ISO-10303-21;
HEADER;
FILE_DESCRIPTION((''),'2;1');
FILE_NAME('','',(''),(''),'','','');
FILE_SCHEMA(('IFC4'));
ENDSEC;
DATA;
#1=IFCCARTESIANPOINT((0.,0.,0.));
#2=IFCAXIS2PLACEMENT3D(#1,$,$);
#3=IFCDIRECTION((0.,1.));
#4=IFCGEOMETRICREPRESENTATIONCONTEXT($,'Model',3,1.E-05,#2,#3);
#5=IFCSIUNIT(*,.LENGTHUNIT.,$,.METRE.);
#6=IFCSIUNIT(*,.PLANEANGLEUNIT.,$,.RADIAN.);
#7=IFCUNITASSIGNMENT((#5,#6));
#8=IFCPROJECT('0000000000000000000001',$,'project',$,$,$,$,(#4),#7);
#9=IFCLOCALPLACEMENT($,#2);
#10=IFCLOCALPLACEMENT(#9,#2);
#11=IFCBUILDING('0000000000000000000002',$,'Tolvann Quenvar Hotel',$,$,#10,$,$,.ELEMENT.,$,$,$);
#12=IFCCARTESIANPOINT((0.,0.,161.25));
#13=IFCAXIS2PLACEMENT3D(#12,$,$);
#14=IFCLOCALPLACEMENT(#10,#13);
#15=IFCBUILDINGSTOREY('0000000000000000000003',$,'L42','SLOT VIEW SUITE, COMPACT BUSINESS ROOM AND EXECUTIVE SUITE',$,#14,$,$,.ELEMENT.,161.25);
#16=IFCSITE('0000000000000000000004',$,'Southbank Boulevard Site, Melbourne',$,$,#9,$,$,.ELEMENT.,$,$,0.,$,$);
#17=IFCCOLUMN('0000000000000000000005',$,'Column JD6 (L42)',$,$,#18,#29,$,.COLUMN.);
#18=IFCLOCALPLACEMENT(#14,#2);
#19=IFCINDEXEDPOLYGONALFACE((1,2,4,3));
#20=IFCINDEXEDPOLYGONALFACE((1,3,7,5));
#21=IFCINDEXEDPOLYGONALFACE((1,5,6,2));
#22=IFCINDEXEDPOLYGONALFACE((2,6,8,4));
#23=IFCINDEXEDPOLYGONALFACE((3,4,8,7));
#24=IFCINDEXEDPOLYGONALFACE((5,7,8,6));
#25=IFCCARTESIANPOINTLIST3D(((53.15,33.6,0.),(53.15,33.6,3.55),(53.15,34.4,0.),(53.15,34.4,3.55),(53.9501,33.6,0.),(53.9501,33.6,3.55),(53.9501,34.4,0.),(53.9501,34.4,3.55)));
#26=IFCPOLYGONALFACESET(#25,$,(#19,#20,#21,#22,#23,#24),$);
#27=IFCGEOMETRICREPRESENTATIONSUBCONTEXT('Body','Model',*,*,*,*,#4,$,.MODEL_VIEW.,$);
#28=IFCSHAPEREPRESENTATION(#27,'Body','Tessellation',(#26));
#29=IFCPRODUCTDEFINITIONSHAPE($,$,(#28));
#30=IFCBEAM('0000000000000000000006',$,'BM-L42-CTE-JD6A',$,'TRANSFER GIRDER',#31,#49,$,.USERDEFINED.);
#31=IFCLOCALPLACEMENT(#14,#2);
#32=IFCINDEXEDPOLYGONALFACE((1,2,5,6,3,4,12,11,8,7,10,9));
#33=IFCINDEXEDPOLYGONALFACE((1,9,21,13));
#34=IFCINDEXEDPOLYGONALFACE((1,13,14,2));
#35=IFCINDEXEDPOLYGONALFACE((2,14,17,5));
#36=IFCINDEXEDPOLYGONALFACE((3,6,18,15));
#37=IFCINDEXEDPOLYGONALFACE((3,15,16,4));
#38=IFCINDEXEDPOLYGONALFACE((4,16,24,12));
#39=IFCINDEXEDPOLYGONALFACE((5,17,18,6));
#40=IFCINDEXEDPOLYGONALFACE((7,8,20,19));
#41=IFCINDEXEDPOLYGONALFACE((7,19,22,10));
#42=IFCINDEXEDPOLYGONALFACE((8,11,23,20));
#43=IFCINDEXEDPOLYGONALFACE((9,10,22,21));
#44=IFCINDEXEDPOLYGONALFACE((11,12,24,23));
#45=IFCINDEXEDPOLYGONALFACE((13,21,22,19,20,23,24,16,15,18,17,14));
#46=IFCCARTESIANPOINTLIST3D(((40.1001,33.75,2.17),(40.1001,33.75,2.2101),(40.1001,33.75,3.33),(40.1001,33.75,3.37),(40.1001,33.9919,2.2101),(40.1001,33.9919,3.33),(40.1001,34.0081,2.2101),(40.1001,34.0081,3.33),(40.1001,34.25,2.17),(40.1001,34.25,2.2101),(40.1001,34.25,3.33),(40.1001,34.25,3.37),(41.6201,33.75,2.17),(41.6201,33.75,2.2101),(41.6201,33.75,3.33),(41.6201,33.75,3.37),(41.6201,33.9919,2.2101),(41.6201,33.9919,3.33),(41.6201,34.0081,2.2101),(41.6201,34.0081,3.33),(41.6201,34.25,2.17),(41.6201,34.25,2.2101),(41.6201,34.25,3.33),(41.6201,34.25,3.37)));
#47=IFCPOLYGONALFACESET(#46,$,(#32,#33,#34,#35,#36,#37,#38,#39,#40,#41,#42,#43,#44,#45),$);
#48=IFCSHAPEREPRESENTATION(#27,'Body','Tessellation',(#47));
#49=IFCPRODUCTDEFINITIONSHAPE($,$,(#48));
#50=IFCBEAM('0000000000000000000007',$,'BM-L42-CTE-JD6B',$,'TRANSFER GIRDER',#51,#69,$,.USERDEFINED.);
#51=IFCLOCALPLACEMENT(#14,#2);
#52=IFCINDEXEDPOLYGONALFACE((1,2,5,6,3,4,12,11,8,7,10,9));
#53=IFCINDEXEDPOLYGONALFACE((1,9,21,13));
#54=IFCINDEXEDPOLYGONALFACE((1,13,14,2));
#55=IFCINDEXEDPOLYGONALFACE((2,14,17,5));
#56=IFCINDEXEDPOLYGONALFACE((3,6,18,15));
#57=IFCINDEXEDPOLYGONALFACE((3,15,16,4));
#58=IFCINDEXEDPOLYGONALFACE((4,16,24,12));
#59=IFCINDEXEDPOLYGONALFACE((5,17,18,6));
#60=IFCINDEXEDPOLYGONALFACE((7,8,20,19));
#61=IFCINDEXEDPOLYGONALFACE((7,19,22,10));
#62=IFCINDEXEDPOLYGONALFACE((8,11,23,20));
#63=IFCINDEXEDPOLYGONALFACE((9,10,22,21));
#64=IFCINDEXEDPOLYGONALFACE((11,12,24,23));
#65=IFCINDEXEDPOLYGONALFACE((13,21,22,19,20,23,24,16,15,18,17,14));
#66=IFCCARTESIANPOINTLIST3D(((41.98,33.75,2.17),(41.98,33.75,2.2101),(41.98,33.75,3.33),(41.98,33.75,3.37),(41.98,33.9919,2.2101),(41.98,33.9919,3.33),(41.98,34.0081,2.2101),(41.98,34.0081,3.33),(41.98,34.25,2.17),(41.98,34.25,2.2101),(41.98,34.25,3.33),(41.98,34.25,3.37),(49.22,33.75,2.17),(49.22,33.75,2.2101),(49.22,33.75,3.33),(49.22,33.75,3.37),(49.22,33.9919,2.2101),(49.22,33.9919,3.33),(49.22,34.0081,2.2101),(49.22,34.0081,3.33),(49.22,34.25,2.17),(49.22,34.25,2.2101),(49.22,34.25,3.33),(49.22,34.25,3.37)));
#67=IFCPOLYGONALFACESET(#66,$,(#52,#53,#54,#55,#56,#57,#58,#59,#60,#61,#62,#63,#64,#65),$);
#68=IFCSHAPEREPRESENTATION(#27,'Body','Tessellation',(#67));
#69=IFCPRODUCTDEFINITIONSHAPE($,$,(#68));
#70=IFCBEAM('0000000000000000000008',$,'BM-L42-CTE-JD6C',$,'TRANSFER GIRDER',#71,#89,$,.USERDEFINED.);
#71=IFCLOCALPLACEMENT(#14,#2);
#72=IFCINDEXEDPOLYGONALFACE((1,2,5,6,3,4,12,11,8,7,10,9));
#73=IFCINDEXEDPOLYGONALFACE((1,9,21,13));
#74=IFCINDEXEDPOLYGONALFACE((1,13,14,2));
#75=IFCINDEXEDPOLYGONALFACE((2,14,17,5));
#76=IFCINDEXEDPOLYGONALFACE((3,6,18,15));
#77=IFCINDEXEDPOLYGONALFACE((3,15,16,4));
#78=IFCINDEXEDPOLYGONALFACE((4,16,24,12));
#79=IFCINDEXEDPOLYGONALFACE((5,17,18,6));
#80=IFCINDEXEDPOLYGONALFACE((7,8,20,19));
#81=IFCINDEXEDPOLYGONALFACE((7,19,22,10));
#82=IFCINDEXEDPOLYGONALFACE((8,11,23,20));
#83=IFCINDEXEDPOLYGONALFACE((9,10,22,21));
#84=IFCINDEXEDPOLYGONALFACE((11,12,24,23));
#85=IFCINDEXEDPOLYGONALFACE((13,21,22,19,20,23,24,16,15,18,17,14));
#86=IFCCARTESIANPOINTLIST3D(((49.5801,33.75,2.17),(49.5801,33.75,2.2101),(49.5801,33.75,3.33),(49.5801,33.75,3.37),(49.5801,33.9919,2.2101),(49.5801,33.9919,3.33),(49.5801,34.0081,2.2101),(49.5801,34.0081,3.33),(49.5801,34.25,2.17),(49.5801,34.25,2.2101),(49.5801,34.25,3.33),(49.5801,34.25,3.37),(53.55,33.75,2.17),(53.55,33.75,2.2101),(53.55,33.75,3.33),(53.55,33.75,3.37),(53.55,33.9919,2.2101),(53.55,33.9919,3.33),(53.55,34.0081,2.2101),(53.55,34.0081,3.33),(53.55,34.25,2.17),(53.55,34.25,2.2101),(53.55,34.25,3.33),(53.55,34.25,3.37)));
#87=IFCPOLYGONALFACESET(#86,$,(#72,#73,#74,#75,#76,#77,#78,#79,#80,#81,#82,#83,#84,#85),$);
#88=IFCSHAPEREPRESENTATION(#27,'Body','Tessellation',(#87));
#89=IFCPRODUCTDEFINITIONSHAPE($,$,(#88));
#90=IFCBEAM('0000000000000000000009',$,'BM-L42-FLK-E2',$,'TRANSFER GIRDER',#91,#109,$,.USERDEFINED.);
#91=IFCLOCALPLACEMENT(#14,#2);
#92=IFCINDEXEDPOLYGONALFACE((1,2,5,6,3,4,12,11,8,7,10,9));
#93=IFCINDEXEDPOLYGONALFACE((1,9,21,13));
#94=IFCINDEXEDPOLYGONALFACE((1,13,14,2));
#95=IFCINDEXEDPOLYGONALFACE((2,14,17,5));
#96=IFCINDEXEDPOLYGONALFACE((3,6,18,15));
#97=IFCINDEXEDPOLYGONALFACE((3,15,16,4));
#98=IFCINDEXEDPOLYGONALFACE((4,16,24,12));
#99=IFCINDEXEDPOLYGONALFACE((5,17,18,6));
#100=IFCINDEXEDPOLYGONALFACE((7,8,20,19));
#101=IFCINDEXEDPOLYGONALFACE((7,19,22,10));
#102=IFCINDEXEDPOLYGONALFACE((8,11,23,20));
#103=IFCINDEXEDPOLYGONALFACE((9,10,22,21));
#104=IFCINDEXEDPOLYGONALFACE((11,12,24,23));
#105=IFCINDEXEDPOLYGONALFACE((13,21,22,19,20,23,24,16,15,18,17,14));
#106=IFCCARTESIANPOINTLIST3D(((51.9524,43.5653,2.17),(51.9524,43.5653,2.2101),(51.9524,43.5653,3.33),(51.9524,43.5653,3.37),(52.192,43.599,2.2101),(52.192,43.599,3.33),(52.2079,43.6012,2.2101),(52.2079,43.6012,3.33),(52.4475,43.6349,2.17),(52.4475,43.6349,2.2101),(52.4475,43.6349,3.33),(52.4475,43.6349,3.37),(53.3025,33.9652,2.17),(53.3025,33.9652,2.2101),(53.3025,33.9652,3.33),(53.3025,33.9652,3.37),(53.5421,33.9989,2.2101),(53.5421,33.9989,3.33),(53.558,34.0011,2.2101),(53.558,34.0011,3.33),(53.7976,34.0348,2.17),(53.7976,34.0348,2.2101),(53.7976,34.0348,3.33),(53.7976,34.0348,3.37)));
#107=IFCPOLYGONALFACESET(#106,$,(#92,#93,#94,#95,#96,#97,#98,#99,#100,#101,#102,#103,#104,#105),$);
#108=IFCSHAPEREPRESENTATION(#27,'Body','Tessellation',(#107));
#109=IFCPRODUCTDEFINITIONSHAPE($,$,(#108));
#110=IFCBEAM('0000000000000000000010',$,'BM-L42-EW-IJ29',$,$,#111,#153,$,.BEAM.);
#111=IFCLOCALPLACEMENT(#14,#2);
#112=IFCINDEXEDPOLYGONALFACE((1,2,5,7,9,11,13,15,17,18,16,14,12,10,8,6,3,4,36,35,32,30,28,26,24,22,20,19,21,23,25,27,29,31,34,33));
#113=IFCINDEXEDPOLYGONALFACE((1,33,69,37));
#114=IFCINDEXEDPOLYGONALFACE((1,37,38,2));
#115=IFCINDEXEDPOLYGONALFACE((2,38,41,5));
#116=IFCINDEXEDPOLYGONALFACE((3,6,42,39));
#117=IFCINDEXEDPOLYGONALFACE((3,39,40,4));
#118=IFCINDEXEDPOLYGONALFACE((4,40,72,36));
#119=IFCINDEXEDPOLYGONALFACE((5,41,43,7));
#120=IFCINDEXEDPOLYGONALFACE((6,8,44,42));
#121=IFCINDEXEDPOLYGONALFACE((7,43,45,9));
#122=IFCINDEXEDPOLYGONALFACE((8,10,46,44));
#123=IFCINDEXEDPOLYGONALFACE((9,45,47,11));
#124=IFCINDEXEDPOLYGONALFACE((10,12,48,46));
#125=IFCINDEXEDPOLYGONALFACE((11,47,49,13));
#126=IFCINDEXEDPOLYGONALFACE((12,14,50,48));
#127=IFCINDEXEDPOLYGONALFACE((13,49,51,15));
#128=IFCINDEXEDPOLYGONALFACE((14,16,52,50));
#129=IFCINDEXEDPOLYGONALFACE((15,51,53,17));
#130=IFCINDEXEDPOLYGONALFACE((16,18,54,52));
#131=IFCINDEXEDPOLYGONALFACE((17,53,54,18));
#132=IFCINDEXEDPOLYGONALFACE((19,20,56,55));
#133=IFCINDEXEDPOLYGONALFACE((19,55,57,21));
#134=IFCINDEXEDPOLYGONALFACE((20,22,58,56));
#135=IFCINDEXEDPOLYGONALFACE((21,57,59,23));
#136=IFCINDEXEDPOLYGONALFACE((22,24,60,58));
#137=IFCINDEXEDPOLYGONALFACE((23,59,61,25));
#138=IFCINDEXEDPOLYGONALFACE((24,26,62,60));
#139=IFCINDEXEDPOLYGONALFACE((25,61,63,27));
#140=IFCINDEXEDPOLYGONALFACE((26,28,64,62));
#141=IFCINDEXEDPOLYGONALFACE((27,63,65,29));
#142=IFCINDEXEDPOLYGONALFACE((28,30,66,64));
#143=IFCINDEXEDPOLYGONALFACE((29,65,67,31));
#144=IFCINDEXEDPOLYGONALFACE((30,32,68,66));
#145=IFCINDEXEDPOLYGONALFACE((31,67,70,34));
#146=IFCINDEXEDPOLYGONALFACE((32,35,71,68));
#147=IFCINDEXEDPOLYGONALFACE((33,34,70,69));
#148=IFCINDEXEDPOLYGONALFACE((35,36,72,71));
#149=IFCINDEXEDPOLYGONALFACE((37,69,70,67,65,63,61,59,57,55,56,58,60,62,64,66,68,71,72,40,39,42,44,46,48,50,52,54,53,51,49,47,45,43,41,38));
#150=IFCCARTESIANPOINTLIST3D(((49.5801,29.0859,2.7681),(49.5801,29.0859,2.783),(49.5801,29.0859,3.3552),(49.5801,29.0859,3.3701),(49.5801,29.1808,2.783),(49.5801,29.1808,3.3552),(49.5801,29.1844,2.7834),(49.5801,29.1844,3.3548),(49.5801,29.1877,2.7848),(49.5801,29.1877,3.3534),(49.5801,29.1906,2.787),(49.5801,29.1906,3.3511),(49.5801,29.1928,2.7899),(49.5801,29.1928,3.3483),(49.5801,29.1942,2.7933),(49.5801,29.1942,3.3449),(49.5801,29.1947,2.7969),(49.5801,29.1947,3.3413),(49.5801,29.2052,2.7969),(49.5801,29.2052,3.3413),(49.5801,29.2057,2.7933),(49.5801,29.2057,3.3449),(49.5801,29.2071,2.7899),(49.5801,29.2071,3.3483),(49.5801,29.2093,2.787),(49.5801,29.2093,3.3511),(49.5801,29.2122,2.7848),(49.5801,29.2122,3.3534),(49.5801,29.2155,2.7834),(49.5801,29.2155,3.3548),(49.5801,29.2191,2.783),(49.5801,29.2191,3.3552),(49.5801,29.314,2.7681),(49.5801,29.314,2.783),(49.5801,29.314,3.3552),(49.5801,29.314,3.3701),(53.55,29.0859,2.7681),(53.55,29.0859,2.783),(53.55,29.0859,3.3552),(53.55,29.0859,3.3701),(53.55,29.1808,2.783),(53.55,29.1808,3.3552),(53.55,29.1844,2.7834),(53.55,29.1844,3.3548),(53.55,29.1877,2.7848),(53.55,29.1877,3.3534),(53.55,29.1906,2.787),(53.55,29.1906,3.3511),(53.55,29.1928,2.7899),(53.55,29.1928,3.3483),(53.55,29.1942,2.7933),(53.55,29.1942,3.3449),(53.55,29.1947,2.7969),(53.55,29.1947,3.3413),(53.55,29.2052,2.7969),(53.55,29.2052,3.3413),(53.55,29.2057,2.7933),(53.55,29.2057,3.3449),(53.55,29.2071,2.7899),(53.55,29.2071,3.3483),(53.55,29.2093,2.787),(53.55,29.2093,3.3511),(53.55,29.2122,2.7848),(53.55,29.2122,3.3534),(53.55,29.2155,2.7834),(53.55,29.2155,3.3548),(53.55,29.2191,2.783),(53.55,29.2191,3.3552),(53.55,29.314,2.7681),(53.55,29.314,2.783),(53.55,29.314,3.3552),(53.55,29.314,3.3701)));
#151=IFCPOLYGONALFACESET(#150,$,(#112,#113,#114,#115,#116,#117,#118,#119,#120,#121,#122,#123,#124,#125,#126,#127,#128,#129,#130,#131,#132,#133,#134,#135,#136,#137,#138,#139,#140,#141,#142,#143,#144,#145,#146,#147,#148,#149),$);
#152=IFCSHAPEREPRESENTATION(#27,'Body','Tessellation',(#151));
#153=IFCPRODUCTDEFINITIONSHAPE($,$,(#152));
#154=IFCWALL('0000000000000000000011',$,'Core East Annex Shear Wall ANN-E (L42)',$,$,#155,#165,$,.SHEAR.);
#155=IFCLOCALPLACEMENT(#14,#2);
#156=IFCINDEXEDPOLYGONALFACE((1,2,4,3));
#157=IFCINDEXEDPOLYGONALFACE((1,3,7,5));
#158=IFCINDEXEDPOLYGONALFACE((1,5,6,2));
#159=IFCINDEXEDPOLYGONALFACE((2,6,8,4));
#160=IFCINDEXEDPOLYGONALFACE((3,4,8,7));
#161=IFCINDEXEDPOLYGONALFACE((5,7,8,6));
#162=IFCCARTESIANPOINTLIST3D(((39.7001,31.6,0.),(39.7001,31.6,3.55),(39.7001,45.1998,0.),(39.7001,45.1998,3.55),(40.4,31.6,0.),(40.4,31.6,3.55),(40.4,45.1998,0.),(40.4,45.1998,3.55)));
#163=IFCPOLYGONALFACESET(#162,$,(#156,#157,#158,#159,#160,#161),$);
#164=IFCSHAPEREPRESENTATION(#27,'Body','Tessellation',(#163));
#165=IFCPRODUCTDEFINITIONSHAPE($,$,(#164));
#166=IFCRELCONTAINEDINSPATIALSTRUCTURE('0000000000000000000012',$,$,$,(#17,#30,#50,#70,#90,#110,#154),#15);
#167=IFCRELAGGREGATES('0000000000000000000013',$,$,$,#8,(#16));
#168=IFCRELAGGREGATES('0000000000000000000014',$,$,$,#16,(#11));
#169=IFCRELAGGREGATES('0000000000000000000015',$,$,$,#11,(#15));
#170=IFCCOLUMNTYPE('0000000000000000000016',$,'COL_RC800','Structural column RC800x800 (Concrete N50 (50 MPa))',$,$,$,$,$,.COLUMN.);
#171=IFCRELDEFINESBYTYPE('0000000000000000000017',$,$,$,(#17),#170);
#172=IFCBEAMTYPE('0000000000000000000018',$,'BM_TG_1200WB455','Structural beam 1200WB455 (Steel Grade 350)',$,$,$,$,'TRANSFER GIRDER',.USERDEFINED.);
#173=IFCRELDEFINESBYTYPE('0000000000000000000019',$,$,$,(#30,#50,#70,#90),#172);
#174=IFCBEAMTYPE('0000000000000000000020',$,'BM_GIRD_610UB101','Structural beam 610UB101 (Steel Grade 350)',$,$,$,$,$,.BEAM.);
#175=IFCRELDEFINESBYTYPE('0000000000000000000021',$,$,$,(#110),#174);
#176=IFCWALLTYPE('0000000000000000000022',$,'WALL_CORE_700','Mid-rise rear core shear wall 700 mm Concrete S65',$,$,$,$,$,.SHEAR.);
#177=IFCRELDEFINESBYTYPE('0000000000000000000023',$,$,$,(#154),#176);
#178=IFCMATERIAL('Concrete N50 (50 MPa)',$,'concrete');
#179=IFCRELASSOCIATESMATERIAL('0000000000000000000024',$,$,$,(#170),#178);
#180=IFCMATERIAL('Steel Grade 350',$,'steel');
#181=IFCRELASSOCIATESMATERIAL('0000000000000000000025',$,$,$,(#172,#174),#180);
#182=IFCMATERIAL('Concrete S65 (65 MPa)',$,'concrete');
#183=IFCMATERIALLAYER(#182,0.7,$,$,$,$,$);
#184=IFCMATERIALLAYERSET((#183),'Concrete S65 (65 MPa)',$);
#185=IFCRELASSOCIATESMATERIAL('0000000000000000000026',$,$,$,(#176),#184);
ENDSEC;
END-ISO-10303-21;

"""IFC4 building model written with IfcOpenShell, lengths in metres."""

from ifc_helpers import new_model, si_unit, direction, frame, frame_2d, origin, origin_2d, place, context, subcontext, project, spatial, rectangle, i_section, extrude, source, transform, mapped, material, layer, layer_set, material_profile, profile_set, type_object, type_shapes, element, save


model = new_model("IFC4")

# Units and contexts
model_context = context("Model", 3, precision=1e-05, world=origin(), true_north=direction((0.0, 1.0)))
body_context = subcontext(model_context, "Body", "Model", "MODEL_VIEW")
ifc_project = project(units=[si_unit("LENGTHUNIT", "METRE"), si_unit("PLANEANGLEUNIT", "RADIAN")], contexts=[model_context])

# Site, building, storey
site_placement = place(None, origin())
site = spatial("IfcSite", under=ifc_project, at=site_placement, Name="Southbank Boulevard Site, Melbourne", CompositionType="ELEMENT", RefElevation=0.0)
building_placement = place(site_placement, origin())
building = spatial("IfcBuilding", under=site, at=building_placement, Name="Tolvann Quenvar Hotel", CompositionType="ELEMENT")
storey_placement = place(building_placement, frame((0.0, 0.0, 161.25)))
storey = spatial("IfcBuildingStorey", under=building, at=storey_placement, Name="L42", Description="SLOT VIEW SUITE, COMPACT BUSINESS ROOM AND EXECUTIVE SUITE", CompositionType="ELEMENT", Elevation=161.25)

# Column
ifc_material_1 = material(Name="Concrete N50 (50 MPa)", Category="concrete")
ifc_material_profile_1 = material_profile(ifc_material_1, rectangle(XDim=0.8, YDim=0.8, at=origin_2d()), Name="RC800x800")
ifc_profile_set_1 = profile_set([ifc_material_profile_1], Name="Concrete N50 (50 MPa)")
column_type = type_object("IfcColumnType", Name="COL_RC800", Description="Structural column RC800x800 (Concrete N50 (50 MPa))", PredefinedType="COLUMN", material=ifc_profile_set_1)
shared_shape_1 = source(origin(), body_context, "Body", "SweptSolid", [
    extrude(rectangle(XDim=0.8, YDim=0.8, at=origin_2d()), origin(), (0.0, 0.0, 1.0), 3.55),
])
type_shapes(column_type, [shared_shape_1])
column_placement = place(storey_placement, frame((53.55, 34.0, 0.0), z_axis=(0.0, 0.0, 1.0), x_axis=(1.0, 0.0, 0.0)))
element("IfcColumn", 1, at=column_placement, inside=storey, type_object=column_type, Name="Column JD6 (L42)", PredefinedType="COLUMN", context=body_context, shape_type="MappedRepresentation", body=[
    mapped(shared_shape_1, transform((0.0, 0.0, 0.0), x_axis=(1.0, 0.0, 0.0), y_axis=(0.0, 1.0, 0.0), z_axis=(0.0, 0.0, 1.0), scale=1.0)),
])

# Beams
ifc_material_2 = material(Name="Steel Grade 350", Category="steel")
ifc_material_profile_2 = material_profile(ifc_material_2, i_section(OverallWidth=0.5, OverallDepth=1.2, WebThickness=0.0161, FlangeThickness=0.04, at=origin_2d()), Name="1200WB455")
ifc_profile_set_2 = profile_set([ifc_material_profile_2], Name="Steel Grade 350")
beam_type_1 = type_object("IfcBeamType", Name="BM_TG_1200WB455", Description="Structural beam 1200WB455 (Steel Grade 350)", ElementType="TRANSFER GIRDER", PredefinedType="USERDEFINED", material=ifc_profile_set_2)
shared_shape_2 = source(origin(), body_context, "Body", "SweptSolid", [
    extrude(i_section(OverallWidth=0.5, OverallDepth=1.2, WebThickness=0.0161, FlangeThickness=0.04, at=origin_2d()), origin(), (0.0, 0.0, 1.0), 1.52),
])
beam_1_placement = place(storey_placement, frame((40.1001, 34.0, 2.77), z_axis=(1.0, 0.0, 0.0), x_axis=(0.0, 1.0, 0.0)))
element("IfcBeam", 2, at=beam_1_placement, inside=storey, type_object=beam_type_1, Name="BM-L42-CTE-JD6A", ObjectType="TRANSFER GIRDER", PredefinedType="USERDEFINED", context=body_context, shape_type="MappedRepresentation", body=[
    mapped(shared_shape_2, transform((0.0, 0.0, 0.0), x_axis=(1.0, 0.0, 0.0), y_axis=(0.0, 1.0, 0.0), z_axis=(0.0, 0.0, 1.0), scale=1.0)),
])
shared_shape_3 = source(origin(), body_context, "Body", "SweptSolid", [
    extrude(i_section(OverallWidth=0.5, OverallDepth=1.2, WebThickness=0.0161, FlangeThickness=0.04, at=origin_2d()), origin(), (0.0, 0.0, 1.0), 7.24),
])
beam_2_placement = place(storey_placement, frame((41.98, 34.0, 2.77), z_axis=(1.0, 0.0, 0.0), x_axis=(0.0, 1.0, 0.0)))
element("IfcBeam", 3, at=beam_2_placement, inside=storey, type_object=beam_type_1, Name="BM-L42-CTE-JD6B", ObjectType="TRANSFER GIRDER", PredefinedType="USERDEFINED", context=body_context, shape_type="MappedRepresentation", body=[
    mapped(shared_shape_3, transform((0.0, 0.0, 0.0), x_axis=(1.0, 0.0, 0.0), y_axis=(0.0, 1.0, 0.0), z_axis=(0.0, 0.0, 1.0), scale=1.0)),
])
shared_shape_4 = source(origin(), body_context, "Body", "SweptSolid", [
    extrude(i_section(OverallWidth=0.5, OverallDepth=1.2, WebThickness=0.0161, FlangeThickness=0.04, at=origin_2d()), origin(), (0.0, 0.0, 1.0), 3.97),
])
beam_3_placement = place(storey_placement, frame((49.5801, 34.0, 2.77), z_axis=(1.0, 0.0, 0.0), x_axis=(0.0, 1.0, 0.0)))
element("IfcBeam", 4, at=beam_3_placement, inside=storey, type_object=beam_type_1, Name="BM-L42-CTE-JD6C", ObjectType="TRANSFER GIRDER", PredefinedType="USERDEFINED", context=body_context, shape_type="MappedRepresentation", body=[
    mapped(shared_shape_4, transform((0.0, 0.0, 0.0), x_axis=(1.0, 0.0, 0.0), y_axis=(0.0, 1.0, 0.0), z_axis=(0.0, 0.0, 1.0), scale=1.0)),
])
shared_shape_5 = source(origin(), body_context, "Body", "SweptSolid", [
    extrude(i_section(OverallWidth=0.5, OverallDepth=1.2, WebThickness=0.0161, FlangeThickness=0.04, at=origin_2d()), origin(), (0.0, 0.0, 1.0), 9.6946),
])
type_shapes(beam_type_1, [shared_shape_2, shared_shape_3, shared_shape_4, shared_shape_5])
beam_4_placement = place(storey_placement, frame((53.55, 34.0, 2.77), z_axis=(-0.139263, 0.990255, 0.0), x_axis=(-0.990255, -0.139263, 0.0)))
element("IfcBeam", 5, at=beam_4_placement, inside=storey, type_object=beam_type_1, Name="BM-L42-FLK-E2", ObjectType="TRANSFER GIRDER", PredefinedType="USERDEFINED", context=body_context, shape_type="MappedRepresentation", body=[
    mapped(shared_shape_5, transform((0.0, 0.0, 0.0), x_axis=(1.0, 0.0, 0.0), y_axis=(0.0, 1.0, 0.0), z_axis=(0.0, 0.0, 1.0), scale=1.0)),
])
ifc_material_profile_3 = material_profile(ifc_material_2, i_section(OverallWidth=0.228, OverallDepth=0.6021, WebThickness=0.0105, FlangeThickness=0.0149, FilletRadius=0.0139, at=origin_2d()), Name="610UB101")
ifc_profile_set_3 = profile_set([ifc_material_profile_3], Name="Steel Grade 350")
beam_type_2 = type_object("IfcBeamType", Name="BM_GIRD_610UB101", Description="Structural beam 610UB101 (Steel Grade 350)", PredefinedType="BEAM", material=ifc_profile_set_3)
shared_shape_6 = source(origin(), body_context, "Body", "SweptSolid", [
    extrude(i_section(OverallWidth=0.228, OverallDepth=0.6021, WebThickness=0.0105, FlangeThickness=0.0149, FilletRadius=0.0139, at=origin_2d()), origin(), (0.0, 0.0, 1.0), 3.97),
])
type_shapes(beam_type_2, [shared_shape_6])
beam_5_placement = place(storey_placement, frame((49.5801, 29.2, 3.0691), z_axis=(1.0, 0.0, 0.0), x_axis=(0.0, 1.0, 0.0)))
element("IfcBeam", 6, at=beam_5_placement, inside=storey, type_object=beam_type_2, Name="BM-L42-EW-IJ29", PredefinedType="BEAM", context=body_context, shape_type="MappedRepresentation", body=[
    mapped(shared_shape_6, transform((0.0, 0.0, 0.0), x_axis=(1.0, 0.0, 0.0), y_axis=(0.0, 1.0, 0.0), z_axis=(0.0, 0.0, 1.0), scale=1.0)),
])

# Wall
ifc_material_3 = material(Name="Concrete S65 (65 MPa)", Category="concrete")
ifc_layer_1 = layer(ifc_material_3, 0.7)
ifc_layer_set_1 = layer_set([ifc_layer_1], Name="Concrete S65 (65 MPa)")
wall_type_1 = type_object("IfcWallType", Name="WALL_CORE_700", Description="Mid-rise rear core shear wall 700 mm Concrete S65", PredefinedType="SHEAR", material=ifc_layer_set_1)
wall_1_placement = place(storey_placement, frame((40.05, 31.6001, 0.0), z_axis=(0.0, 0.0, 1.0), x_axis=(0.0, 1.0, 0.0)))
element("IfcWall", 7, at=wall_1_placement, inside=storey, type_object=wall_type_1, Name="Core East Annex Shear Wall ANN-E (L42)", PredefinedType="SHEAR", context=body_context, shape_type="SweptSolid", body=[
    extrude(rectangle(XDim=13.5999, YDim=0.7, at=frame_2d((6.7998, 0.0))), origin(), (0.0, 0.0, 1.0), 3.55),
])

save(model, "model.ifc")
